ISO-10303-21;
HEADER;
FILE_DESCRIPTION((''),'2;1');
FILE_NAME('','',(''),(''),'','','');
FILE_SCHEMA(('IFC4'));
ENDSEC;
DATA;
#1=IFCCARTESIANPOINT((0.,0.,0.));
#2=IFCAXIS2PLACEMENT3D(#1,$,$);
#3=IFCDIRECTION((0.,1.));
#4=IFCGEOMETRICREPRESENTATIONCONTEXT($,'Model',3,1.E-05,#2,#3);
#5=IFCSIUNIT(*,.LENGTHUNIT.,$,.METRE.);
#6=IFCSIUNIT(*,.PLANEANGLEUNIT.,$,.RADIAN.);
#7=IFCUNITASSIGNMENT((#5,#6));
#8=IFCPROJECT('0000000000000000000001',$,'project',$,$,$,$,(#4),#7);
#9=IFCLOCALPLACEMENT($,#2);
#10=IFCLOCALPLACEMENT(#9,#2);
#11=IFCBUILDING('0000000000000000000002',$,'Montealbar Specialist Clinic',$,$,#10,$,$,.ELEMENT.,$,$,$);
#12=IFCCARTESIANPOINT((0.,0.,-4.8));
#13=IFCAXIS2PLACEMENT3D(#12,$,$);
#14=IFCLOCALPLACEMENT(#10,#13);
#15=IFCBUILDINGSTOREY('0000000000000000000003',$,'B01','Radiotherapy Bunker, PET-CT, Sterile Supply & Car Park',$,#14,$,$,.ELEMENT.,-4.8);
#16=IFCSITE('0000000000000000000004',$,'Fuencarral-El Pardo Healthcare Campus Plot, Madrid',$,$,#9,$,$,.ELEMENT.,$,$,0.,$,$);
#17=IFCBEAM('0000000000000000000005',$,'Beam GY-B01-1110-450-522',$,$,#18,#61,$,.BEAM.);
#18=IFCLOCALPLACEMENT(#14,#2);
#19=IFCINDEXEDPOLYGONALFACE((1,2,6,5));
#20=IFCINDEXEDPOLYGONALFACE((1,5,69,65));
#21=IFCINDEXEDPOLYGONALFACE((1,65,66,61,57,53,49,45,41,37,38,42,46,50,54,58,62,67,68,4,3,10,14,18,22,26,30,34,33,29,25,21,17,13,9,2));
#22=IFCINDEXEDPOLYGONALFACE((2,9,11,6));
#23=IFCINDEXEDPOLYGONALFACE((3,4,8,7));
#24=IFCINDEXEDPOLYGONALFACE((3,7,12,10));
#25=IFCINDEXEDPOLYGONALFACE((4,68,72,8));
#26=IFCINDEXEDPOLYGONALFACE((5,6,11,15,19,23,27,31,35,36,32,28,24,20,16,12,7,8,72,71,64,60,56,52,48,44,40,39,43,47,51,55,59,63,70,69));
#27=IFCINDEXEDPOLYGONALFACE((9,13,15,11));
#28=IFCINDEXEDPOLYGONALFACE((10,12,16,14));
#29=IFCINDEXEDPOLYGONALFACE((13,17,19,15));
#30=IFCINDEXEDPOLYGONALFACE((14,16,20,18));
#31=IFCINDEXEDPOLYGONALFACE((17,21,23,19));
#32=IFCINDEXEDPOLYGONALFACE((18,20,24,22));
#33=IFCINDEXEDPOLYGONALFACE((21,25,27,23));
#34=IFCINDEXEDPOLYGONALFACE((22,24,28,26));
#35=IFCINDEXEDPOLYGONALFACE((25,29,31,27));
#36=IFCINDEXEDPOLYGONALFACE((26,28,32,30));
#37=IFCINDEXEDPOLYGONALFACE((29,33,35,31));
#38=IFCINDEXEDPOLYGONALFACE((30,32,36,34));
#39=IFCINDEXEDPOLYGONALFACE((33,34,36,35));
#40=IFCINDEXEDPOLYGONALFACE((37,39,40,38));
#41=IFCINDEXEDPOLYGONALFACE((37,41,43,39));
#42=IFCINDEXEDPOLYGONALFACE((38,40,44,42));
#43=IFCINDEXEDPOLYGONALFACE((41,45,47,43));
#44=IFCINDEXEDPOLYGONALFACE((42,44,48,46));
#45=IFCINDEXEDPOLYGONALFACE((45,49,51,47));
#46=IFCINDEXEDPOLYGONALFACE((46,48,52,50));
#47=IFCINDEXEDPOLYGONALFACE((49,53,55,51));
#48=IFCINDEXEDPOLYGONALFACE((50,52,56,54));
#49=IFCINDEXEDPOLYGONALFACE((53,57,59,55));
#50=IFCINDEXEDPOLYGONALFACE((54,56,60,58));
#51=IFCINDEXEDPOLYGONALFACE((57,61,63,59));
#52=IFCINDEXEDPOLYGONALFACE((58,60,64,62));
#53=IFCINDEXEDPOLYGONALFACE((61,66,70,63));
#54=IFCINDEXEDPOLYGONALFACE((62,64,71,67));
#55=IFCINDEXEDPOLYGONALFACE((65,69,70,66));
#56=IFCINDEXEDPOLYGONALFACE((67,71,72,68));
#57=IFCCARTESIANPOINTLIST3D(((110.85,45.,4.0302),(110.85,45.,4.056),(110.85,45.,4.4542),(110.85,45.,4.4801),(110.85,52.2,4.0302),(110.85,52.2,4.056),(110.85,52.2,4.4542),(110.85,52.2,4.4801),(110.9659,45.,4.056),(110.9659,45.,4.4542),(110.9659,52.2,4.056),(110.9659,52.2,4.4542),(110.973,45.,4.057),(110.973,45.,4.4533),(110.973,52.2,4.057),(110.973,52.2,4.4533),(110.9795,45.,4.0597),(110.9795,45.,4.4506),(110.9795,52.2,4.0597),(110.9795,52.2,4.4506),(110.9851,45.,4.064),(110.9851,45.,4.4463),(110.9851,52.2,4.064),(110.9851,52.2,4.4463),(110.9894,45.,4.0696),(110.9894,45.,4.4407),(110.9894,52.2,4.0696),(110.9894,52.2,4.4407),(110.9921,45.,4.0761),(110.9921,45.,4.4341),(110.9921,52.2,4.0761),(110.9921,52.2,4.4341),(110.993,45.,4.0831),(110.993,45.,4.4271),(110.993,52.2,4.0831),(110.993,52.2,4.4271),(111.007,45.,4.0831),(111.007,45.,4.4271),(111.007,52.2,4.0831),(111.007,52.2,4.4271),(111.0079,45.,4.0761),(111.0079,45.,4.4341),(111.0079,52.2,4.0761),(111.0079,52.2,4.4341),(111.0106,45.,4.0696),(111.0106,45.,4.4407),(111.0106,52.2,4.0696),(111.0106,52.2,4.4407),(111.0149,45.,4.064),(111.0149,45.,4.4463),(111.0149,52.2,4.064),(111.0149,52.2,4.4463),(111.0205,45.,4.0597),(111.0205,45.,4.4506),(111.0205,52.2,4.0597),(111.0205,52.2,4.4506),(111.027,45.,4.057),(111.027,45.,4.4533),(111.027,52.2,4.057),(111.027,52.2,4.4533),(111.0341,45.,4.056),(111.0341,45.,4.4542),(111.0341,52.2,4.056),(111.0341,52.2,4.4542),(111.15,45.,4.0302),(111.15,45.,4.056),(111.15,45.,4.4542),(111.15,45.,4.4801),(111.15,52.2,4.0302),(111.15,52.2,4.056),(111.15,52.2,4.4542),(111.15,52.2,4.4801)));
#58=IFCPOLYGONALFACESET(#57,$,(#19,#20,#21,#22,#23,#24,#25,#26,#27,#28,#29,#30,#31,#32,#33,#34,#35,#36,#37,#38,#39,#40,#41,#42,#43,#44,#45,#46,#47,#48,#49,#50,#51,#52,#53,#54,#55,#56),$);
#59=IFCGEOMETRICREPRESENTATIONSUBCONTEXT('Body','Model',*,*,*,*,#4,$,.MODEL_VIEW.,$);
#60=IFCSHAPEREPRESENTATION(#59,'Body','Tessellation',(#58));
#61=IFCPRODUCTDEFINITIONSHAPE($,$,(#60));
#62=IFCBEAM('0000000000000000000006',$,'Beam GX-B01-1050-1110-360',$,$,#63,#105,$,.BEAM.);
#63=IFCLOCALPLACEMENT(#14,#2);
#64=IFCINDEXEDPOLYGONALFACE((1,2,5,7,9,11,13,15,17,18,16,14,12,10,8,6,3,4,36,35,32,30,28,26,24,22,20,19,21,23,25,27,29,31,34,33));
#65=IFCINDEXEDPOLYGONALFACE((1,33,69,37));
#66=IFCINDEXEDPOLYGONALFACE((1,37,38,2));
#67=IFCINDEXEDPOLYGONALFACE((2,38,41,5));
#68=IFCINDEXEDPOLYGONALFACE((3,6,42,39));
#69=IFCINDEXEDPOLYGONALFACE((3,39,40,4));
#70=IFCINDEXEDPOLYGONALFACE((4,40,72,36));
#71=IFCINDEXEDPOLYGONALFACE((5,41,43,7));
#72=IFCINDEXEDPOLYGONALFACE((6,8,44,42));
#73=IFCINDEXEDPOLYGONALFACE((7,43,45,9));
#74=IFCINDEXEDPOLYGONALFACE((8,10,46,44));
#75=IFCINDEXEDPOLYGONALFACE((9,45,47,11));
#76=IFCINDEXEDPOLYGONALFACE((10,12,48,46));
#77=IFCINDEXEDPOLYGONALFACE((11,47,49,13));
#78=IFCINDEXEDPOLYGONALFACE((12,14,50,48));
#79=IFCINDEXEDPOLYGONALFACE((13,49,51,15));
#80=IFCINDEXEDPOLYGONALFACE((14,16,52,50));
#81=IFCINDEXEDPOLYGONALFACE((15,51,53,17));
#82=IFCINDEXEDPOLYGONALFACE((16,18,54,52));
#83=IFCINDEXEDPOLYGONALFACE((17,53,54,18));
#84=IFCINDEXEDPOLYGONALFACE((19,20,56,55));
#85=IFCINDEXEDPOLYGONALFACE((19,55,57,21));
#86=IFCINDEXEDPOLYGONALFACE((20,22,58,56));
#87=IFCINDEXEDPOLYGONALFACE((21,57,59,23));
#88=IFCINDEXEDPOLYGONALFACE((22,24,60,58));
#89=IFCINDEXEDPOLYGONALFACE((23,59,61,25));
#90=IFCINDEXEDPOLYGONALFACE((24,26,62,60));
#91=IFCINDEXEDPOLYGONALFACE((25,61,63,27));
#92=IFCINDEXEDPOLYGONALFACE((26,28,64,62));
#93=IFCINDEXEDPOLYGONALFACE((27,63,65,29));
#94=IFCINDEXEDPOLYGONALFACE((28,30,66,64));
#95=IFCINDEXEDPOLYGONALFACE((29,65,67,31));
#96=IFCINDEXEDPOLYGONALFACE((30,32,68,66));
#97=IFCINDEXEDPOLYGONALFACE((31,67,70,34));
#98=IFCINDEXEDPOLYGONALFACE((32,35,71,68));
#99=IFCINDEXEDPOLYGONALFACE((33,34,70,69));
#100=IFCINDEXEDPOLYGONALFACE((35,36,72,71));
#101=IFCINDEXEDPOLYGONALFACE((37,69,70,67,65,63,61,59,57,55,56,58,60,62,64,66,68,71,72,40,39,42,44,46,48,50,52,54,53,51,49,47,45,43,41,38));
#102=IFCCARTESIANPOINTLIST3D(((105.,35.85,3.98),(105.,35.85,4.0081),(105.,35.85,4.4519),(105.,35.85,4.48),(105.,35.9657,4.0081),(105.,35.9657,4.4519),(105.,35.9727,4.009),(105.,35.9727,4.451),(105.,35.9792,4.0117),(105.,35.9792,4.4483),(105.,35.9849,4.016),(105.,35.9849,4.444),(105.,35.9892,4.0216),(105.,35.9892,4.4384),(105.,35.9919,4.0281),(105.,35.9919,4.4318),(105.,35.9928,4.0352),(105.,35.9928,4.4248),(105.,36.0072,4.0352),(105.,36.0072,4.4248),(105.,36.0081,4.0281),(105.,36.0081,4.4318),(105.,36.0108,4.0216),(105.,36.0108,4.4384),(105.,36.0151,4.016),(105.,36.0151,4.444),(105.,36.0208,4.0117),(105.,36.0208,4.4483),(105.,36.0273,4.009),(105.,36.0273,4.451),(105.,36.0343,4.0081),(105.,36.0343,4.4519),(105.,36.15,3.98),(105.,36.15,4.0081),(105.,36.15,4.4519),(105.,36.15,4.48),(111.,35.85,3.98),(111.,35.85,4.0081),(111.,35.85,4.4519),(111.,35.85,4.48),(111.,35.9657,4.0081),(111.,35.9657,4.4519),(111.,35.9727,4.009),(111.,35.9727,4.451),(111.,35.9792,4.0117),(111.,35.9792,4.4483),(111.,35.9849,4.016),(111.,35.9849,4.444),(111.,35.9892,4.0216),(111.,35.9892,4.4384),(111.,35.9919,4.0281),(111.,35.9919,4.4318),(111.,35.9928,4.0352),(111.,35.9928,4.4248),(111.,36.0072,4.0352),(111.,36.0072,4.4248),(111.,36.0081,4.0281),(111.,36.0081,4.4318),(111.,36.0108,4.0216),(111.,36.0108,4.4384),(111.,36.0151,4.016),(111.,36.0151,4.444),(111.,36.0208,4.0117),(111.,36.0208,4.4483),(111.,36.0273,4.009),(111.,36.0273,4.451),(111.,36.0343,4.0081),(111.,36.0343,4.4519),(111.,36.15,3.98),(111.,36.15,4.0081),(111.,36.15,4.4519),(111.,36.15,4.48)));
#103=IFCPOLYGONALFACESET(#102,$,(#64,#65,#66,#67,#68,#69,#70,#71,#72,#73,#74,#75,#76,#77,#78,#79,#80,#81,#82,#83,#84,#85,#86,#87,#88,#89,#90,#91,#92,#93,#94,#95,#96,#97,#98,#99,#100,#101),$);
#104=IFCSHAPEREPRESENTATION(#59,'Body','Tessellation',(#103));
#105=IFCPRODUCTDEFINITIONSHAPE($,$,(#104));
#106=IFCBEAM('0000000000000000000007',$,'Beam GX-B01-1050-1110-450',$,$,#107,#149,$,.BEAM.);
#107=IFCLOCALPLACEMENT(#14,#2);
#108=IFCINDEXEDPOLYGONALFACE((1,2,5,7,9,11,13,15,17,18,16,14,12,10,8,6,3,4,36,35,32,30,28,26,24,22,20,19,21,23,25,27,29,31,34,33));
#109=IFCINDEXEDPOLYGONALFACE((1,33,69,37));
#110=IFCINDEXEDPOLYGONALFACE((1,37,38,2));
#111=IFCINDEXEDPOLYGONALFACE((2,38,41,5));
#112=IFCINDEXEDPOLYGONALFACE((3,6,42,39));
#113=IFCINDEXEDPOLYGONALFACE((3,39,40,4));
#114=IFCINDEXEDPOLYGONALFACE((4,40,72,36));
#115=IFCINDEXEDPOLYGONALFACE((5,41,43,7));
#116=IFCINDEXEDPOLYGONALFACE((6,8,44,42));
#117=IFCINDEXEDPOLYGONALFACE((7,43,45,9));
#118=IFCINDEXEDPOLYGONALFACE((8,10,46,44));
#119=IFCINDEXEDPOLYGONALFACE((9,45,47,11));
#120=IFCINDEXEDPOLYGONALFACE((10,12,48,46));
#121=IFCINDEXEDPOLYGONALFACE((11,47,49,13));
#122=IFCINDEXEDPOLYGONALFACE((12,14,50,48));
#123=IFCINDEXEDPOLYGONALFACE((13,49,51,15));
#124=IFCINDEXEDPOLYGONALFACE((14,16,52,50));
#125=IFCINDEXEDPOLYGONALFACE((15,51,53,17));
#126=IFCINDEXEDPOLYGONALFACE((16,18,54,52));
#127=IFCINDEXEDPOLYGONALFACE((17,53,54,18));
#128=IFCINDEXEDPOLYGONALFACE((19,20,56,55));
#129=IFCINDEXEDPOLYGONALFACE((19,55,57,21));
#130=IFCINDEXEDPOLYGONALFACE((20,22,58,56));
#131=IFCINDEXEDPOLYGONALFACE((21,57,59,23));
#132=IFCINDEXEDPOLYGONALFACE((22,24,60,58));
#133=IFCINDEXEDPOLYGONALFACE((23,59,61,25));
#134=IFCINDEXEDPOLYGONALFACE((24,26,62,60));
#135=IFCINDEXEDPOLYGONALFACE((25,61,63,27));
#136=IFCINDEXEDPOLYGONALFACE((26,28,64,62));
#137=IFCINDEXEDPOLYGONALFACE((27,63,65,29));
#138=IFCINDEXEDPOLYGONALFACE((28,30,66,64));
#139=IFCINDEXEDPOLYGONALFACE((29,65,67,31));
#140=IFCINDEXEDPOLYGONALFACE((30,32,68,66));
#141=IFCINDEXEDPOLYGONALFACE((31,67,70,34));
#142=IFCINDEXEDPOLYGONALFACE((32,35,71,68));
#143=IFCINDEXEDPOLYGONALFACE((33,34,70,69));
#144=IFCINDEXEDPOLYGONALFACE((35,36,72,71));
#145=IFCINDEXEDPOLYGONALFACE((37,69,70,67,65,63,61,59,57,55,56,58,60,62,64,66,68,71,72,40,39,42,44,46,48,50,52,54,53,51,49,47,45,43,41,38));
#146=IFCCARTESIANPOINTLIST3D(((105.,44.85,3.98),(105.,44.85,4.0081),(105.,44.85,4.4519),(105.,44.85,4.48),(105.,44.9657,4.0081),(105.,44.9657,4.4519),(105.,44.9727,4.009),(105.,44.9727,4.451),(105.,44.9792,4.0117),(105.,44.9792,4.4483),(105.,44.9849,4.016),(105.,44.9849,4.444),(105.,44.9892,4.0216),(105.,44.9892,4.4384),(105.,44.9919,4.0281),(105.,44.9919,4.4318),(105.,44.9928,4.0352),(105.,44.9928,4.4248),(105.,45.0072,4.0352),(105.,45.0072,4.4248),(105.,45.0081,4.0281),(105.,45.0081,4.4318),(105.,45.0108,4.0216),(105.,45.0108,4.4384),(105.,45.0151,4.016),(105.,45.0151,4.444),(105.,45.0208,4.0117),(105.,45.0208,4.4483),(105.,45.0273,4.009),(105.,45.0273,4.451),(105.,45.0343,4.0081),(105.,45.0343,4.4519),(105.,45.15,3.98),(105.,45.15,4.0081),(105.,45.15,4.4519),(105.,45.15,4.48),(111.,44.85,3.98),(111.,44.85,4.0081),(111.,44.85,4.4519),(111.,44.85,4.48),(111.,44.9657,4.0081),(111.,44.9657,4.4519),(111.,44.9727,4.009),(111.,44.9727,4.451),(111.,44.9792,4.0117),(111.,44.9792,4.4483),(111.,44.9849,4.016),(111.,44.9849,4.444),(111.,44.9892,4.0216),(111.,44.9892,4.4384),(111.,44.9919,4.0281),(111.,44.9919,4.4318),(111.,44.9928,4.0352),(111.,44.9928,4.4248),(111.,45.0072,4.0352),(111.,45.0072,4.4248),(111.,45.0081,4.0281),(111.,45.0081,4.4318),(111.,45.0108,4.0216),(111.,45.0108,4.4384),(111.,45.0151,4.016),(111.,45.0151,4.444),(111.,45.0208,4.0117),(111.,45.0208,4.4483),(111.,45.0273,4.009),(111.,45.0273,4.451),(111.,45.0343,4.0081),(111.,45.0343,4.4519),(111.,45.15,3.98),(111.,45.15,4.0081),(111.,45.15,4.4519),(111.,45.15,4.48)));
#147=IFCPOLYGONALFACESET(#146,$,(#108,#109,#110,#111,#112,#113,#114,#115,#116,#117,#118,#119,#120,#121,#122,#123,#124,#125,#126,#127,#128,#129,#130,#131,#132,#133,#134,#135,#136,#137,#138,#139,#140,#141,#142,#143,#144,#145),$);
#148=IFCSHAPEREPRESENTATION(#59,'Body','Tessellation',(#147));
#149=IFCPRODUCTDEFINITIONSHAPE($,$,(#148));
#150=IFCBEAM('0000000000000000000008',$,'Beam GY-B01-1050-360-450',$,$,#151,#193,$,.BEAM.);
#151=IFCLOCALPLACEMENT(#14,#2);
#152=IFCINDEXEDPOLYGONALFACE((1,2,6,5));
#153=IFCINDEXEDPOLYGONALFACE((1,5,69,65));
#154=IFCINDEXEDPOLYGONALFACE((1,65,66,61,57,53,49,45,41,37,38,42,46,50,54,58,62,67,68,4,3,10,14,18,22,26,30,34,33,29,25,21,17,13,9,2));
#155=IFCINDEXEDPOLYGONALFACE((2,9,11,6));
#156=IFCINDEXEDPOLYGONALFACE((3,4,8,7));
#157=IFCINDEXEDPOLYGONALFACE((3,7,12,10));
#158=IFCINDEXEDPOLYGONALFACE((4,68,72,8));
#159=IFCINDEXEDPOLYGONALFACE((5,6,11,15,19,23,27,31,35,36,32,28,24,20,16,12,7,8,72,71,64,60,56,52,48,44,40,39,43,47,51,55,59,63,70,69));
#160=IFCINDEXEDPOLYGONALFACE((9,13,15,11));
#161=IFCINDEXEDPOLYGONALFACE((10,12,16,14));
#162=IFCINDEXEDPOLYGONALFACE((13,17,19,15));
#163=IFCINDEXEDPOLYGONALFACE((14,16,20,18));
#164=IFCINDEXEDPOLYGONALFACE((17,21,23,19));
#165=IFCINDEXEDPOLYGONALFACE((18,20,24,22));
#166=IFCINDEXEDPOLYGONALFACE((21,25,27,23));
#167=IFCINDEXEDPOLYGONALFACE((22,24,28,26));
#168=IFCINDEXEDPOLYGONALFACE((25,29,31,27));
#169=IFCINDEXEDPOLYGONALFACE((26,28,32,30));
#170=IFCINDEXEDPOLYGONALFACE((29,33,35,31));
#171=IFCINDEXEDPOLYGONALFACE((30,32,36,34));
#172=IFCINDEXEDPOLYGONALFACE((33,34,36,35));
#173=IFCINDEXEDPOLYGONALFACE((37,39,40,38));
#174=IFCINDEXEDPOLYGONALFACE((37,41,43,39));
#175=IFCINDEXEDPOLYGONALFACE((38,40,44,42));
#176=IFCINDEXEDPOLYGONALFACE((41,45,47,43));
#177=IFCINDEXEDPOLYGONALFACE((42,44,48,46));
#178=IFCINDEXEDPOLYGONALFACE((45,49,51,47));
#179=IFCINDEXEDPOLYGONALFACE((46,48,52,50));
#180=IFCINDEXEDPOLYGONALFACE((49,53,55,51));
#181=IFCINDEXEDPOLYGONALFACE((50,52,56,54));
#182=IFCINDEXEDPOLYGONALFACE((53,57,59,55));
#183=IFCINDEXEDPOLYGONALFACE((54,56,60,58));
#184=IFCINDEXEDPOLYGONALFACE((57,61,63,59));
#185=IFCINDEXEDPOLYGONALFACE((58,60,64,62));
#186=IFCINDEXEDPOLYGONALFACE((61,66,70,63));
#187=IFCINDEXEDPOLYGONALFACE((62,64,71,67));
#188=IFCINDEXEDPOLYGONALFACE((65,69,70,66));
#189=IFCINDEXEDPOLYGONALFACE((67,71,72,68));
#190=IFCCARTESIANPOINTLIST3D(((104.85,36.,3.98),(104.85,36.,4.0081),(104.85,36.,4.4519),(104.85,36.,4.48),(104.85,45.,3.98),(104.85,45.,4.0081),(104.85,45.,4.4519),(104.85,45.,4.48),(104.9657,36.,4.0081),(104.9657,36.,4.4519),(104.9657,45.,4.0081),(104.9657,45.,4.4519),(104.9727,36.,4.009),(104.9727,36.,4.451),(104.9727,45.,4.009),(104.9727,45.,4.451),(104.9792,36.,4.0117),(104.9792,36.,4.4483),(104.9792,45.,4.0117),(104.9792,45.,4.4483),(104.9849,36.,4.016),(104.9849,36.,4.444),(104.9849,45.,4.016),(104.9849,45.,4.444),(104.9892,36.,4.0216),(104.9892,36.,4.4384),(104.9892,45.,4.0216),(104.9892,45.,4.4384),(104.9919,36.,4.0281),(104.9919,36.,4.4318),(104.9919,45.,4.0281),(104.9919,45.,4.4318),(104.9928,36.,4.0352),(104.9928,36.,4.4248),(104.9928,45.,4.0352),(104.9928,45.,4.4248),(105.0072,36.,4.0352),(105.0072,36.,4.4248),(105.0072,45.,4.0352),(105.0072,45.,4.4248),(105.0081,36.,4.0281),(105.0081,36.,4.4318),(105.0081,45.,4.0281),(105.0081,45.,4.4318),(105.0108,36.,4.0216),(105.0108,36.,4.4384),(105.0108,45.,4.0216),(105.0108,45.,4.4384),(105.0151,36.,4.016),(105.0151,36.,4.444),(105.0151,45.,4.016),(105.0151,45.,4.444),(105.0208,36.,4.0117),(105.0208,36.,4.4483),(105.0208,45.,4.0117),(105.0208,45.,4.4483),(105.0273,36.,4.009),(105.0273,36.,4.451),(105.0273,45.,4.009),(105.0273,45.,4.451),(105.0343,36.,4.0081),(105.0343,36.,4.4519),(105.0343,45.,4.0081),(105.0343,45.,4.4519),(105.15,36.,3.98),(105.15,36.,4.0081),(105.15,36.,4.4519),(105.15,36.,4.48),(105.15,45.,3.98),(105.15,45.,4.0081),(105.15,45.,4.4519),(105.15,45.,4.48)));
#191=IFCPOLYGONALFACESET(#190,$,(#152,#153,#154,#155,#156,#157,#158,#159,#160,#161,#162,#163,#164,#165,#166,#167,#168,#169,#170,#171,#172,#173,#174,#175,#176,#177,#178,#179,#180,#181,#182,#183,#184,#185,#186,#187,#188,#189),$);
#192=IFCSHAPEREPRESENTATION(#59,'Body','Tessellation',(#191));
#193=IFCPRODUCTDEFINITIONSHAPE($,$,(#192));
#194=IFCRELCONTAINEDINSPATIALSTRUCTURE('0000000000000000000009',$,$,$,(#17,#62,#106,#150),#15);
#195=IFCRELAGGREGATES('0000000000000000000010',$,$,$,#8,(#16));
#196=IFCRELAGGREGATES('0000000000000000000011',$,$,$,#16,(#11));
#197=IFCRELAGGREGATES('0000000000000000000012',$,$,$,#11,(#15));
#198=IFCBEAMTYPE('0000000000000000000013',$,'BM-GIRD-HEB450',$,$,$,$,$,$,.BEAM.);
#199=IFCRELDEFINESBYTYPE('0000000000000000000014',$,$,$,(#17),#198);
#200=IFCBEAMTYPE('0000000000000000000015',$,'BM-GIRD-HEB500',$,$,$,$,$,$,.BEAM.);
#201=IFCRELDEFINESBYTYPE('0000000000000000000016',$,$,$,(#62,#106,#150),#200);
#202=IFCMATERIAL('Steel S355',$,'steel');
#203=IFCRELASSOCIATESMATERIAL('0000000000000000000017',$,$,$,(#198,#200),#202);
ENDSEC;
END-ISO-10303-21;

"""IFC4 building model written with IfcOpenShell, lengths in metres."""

from ifc_helpers import new_model, si_unit, direction, frame, origin, origin_2d, place, context, subcontext, project, spatial, i_section, extrude, material, material_profile, profile_set, type_object, element, save


model = new_model("IFC4")

# Units and contexts
model_context = context("Model", 3, precision=1e-05, world=origin(), true_north=direction((0.0, 1.0)))
body_context = subcontext(model_context, "Body", "Model", "MODEL_VIEW")
ifc_project = project(units=[si_unit("LENGTHUNIT", "METRE"), si_unit("PLANEANGLEUNIT", "RADIAN")], contexts=[model_context])

# Site, building, storey
site_placement = place(None, origin())
site = spatial("IfcSite", under=ifc_project, at=site_placement, Name="Fuencarral-El Pardo Healthcare Campus Plot, Madrid", CompositionType="ELEMENT", RefElevation=0.0)
building_placement = place(site_placement, origin())
building = spatial("IfcBuilding", under=site, at=building_placement, Name="Montealbar Specialist Clinic", CompositionType="ELEMENT")
storey_placement = place(building_placement, frame((0.0, 0.0, -4.8)))
storey = spatial("IfcBuildingStorey", under=building, at=storey_placement, Name="B01", Description="Radiotherapy Bunker, PET-CT, Sterile Supply & Car Park", CompositionType="ELEMENT", Elevation=-4.8)

# Shared definitions
ifc_material_1 = material(Name="Steel S355", Category="steel")

# Beams
ifc_material_profile_1 = material_profile(ifc_material_1, i_section(OverallWidth=0.3, OverallDepth=0.45, WebThickness=0.0139, FlangeThickness=0.0259, FilletRadius=0.0271, at=origin_2d()), Name="HEB 450", Category="steel")
ifc_profile_set_1 = profile_set([ifc_material_profile_1], Name="Steel S355")
beam_type_1 = type_object("IfcBeamType", Name="BM-GIRD-HEB450", PredefinedType="BEAM", material=ifc_profile_set_1)
for number, where, z_axis, x_axis, name in (
    (1, (111.0, 45.0, 4.2551), (0.0, 1.0, 0.0), (-1.0, 0.0, 0.0), "Beam GY-B01-1110-450-522"),
):
    element("IfcBeam", number, at=place(storey_placement, frame(where, z_axis=z_axis, x_axis=x_axis)), inside=storey, type_object=beam_type_1, Name=name, PredefinedType="BEAM", context=body_context, shape_type="SweptSolid", body=[
        extrude(i_section(OverallWidth=0.3, OverallDepth=0.45, WebThickness=0.0139, FlangeThickness=0.0259, FilletRadius=0.0271, at=origin_2d()), origin(), (0.0, 0.0, 1.0), 7.2),
    ])
ifc_material_profile_2 = material_profile(ifc_material_1, i_section(OverallWidth=0.3, OverallDepth=0.5, WebThickness=0.0144, FlangeThickness=0.0281, FilletRadius=0.0271, at=origin_2d()), Name="HEB 500", Category="steel")
ifc_profile_set_2 = profile_set([ifc_material_profile_2], Name="Steel S355")
beam_type_2 = type_object("IfcBeamType", Name="BM-GIRD-HEB500", PredefinedType="BEAM", material=ifc_profile_set_2)
for number, where, z_axis, x_axis, name in (
    (2, (105.0, 36.0, 4.23), (1.0, 0.0, 0.0), (0.0, 1.0, 0.0), "Beam GX-B01-1050-1110-360"),
    (3, (105.0, 45.0, 4.23), (1.0, 0.0, 0.0), (0.0, 1.0, 0.0), "Beam GX-B01-1050-1110-450"),
):
    element("IfcBeam", number, at=place(storey_placement, frame(where, z_axis=z_axis, x_axis=x_axis)), inside=storey, type_object=beam_type_2, Name=name, PredefinedType="BEAM", context=body_context, shape_type="SweptSolid", body=[
        extrude(i_section(OverallWidth=0.3, OverallDepth=0.5, WebThickness=0.0144, FlangeThickness=0.0281, FilletRadius=0.0271, at=origin_2d()), origin(), (0.0, 0.0, 1.0), 6.0),
    ])
for number, where, z_axis, x_axis, name in (
    (4, (105.0, 36.0, 4.23), (0.0, 1.0, 0.0), (-1.0, 0.0, 0.0), "Beam GY-B01-1050-360-450"),
):
    element("IfcBeam", number, at=place(storey_placement, frame(where, z_axis=z_axis, x_axis=x_axis)), inside=storey, type_object=beam_type_2, Name=name, PredefinedType="BEAM", context=body_context, shape_type="SweptSolid", body=[
        extrude(i_section(OverallWidth=0.3, OverallDepth=0.5, WebThickness=0.0144, FlangeThickness=0.0281, FilletRadius=0.0271, at=origin_2d()), origin(), (0.0, 0.0, 1.0), 9.0),
    ])

save(model, "model.ifc")
